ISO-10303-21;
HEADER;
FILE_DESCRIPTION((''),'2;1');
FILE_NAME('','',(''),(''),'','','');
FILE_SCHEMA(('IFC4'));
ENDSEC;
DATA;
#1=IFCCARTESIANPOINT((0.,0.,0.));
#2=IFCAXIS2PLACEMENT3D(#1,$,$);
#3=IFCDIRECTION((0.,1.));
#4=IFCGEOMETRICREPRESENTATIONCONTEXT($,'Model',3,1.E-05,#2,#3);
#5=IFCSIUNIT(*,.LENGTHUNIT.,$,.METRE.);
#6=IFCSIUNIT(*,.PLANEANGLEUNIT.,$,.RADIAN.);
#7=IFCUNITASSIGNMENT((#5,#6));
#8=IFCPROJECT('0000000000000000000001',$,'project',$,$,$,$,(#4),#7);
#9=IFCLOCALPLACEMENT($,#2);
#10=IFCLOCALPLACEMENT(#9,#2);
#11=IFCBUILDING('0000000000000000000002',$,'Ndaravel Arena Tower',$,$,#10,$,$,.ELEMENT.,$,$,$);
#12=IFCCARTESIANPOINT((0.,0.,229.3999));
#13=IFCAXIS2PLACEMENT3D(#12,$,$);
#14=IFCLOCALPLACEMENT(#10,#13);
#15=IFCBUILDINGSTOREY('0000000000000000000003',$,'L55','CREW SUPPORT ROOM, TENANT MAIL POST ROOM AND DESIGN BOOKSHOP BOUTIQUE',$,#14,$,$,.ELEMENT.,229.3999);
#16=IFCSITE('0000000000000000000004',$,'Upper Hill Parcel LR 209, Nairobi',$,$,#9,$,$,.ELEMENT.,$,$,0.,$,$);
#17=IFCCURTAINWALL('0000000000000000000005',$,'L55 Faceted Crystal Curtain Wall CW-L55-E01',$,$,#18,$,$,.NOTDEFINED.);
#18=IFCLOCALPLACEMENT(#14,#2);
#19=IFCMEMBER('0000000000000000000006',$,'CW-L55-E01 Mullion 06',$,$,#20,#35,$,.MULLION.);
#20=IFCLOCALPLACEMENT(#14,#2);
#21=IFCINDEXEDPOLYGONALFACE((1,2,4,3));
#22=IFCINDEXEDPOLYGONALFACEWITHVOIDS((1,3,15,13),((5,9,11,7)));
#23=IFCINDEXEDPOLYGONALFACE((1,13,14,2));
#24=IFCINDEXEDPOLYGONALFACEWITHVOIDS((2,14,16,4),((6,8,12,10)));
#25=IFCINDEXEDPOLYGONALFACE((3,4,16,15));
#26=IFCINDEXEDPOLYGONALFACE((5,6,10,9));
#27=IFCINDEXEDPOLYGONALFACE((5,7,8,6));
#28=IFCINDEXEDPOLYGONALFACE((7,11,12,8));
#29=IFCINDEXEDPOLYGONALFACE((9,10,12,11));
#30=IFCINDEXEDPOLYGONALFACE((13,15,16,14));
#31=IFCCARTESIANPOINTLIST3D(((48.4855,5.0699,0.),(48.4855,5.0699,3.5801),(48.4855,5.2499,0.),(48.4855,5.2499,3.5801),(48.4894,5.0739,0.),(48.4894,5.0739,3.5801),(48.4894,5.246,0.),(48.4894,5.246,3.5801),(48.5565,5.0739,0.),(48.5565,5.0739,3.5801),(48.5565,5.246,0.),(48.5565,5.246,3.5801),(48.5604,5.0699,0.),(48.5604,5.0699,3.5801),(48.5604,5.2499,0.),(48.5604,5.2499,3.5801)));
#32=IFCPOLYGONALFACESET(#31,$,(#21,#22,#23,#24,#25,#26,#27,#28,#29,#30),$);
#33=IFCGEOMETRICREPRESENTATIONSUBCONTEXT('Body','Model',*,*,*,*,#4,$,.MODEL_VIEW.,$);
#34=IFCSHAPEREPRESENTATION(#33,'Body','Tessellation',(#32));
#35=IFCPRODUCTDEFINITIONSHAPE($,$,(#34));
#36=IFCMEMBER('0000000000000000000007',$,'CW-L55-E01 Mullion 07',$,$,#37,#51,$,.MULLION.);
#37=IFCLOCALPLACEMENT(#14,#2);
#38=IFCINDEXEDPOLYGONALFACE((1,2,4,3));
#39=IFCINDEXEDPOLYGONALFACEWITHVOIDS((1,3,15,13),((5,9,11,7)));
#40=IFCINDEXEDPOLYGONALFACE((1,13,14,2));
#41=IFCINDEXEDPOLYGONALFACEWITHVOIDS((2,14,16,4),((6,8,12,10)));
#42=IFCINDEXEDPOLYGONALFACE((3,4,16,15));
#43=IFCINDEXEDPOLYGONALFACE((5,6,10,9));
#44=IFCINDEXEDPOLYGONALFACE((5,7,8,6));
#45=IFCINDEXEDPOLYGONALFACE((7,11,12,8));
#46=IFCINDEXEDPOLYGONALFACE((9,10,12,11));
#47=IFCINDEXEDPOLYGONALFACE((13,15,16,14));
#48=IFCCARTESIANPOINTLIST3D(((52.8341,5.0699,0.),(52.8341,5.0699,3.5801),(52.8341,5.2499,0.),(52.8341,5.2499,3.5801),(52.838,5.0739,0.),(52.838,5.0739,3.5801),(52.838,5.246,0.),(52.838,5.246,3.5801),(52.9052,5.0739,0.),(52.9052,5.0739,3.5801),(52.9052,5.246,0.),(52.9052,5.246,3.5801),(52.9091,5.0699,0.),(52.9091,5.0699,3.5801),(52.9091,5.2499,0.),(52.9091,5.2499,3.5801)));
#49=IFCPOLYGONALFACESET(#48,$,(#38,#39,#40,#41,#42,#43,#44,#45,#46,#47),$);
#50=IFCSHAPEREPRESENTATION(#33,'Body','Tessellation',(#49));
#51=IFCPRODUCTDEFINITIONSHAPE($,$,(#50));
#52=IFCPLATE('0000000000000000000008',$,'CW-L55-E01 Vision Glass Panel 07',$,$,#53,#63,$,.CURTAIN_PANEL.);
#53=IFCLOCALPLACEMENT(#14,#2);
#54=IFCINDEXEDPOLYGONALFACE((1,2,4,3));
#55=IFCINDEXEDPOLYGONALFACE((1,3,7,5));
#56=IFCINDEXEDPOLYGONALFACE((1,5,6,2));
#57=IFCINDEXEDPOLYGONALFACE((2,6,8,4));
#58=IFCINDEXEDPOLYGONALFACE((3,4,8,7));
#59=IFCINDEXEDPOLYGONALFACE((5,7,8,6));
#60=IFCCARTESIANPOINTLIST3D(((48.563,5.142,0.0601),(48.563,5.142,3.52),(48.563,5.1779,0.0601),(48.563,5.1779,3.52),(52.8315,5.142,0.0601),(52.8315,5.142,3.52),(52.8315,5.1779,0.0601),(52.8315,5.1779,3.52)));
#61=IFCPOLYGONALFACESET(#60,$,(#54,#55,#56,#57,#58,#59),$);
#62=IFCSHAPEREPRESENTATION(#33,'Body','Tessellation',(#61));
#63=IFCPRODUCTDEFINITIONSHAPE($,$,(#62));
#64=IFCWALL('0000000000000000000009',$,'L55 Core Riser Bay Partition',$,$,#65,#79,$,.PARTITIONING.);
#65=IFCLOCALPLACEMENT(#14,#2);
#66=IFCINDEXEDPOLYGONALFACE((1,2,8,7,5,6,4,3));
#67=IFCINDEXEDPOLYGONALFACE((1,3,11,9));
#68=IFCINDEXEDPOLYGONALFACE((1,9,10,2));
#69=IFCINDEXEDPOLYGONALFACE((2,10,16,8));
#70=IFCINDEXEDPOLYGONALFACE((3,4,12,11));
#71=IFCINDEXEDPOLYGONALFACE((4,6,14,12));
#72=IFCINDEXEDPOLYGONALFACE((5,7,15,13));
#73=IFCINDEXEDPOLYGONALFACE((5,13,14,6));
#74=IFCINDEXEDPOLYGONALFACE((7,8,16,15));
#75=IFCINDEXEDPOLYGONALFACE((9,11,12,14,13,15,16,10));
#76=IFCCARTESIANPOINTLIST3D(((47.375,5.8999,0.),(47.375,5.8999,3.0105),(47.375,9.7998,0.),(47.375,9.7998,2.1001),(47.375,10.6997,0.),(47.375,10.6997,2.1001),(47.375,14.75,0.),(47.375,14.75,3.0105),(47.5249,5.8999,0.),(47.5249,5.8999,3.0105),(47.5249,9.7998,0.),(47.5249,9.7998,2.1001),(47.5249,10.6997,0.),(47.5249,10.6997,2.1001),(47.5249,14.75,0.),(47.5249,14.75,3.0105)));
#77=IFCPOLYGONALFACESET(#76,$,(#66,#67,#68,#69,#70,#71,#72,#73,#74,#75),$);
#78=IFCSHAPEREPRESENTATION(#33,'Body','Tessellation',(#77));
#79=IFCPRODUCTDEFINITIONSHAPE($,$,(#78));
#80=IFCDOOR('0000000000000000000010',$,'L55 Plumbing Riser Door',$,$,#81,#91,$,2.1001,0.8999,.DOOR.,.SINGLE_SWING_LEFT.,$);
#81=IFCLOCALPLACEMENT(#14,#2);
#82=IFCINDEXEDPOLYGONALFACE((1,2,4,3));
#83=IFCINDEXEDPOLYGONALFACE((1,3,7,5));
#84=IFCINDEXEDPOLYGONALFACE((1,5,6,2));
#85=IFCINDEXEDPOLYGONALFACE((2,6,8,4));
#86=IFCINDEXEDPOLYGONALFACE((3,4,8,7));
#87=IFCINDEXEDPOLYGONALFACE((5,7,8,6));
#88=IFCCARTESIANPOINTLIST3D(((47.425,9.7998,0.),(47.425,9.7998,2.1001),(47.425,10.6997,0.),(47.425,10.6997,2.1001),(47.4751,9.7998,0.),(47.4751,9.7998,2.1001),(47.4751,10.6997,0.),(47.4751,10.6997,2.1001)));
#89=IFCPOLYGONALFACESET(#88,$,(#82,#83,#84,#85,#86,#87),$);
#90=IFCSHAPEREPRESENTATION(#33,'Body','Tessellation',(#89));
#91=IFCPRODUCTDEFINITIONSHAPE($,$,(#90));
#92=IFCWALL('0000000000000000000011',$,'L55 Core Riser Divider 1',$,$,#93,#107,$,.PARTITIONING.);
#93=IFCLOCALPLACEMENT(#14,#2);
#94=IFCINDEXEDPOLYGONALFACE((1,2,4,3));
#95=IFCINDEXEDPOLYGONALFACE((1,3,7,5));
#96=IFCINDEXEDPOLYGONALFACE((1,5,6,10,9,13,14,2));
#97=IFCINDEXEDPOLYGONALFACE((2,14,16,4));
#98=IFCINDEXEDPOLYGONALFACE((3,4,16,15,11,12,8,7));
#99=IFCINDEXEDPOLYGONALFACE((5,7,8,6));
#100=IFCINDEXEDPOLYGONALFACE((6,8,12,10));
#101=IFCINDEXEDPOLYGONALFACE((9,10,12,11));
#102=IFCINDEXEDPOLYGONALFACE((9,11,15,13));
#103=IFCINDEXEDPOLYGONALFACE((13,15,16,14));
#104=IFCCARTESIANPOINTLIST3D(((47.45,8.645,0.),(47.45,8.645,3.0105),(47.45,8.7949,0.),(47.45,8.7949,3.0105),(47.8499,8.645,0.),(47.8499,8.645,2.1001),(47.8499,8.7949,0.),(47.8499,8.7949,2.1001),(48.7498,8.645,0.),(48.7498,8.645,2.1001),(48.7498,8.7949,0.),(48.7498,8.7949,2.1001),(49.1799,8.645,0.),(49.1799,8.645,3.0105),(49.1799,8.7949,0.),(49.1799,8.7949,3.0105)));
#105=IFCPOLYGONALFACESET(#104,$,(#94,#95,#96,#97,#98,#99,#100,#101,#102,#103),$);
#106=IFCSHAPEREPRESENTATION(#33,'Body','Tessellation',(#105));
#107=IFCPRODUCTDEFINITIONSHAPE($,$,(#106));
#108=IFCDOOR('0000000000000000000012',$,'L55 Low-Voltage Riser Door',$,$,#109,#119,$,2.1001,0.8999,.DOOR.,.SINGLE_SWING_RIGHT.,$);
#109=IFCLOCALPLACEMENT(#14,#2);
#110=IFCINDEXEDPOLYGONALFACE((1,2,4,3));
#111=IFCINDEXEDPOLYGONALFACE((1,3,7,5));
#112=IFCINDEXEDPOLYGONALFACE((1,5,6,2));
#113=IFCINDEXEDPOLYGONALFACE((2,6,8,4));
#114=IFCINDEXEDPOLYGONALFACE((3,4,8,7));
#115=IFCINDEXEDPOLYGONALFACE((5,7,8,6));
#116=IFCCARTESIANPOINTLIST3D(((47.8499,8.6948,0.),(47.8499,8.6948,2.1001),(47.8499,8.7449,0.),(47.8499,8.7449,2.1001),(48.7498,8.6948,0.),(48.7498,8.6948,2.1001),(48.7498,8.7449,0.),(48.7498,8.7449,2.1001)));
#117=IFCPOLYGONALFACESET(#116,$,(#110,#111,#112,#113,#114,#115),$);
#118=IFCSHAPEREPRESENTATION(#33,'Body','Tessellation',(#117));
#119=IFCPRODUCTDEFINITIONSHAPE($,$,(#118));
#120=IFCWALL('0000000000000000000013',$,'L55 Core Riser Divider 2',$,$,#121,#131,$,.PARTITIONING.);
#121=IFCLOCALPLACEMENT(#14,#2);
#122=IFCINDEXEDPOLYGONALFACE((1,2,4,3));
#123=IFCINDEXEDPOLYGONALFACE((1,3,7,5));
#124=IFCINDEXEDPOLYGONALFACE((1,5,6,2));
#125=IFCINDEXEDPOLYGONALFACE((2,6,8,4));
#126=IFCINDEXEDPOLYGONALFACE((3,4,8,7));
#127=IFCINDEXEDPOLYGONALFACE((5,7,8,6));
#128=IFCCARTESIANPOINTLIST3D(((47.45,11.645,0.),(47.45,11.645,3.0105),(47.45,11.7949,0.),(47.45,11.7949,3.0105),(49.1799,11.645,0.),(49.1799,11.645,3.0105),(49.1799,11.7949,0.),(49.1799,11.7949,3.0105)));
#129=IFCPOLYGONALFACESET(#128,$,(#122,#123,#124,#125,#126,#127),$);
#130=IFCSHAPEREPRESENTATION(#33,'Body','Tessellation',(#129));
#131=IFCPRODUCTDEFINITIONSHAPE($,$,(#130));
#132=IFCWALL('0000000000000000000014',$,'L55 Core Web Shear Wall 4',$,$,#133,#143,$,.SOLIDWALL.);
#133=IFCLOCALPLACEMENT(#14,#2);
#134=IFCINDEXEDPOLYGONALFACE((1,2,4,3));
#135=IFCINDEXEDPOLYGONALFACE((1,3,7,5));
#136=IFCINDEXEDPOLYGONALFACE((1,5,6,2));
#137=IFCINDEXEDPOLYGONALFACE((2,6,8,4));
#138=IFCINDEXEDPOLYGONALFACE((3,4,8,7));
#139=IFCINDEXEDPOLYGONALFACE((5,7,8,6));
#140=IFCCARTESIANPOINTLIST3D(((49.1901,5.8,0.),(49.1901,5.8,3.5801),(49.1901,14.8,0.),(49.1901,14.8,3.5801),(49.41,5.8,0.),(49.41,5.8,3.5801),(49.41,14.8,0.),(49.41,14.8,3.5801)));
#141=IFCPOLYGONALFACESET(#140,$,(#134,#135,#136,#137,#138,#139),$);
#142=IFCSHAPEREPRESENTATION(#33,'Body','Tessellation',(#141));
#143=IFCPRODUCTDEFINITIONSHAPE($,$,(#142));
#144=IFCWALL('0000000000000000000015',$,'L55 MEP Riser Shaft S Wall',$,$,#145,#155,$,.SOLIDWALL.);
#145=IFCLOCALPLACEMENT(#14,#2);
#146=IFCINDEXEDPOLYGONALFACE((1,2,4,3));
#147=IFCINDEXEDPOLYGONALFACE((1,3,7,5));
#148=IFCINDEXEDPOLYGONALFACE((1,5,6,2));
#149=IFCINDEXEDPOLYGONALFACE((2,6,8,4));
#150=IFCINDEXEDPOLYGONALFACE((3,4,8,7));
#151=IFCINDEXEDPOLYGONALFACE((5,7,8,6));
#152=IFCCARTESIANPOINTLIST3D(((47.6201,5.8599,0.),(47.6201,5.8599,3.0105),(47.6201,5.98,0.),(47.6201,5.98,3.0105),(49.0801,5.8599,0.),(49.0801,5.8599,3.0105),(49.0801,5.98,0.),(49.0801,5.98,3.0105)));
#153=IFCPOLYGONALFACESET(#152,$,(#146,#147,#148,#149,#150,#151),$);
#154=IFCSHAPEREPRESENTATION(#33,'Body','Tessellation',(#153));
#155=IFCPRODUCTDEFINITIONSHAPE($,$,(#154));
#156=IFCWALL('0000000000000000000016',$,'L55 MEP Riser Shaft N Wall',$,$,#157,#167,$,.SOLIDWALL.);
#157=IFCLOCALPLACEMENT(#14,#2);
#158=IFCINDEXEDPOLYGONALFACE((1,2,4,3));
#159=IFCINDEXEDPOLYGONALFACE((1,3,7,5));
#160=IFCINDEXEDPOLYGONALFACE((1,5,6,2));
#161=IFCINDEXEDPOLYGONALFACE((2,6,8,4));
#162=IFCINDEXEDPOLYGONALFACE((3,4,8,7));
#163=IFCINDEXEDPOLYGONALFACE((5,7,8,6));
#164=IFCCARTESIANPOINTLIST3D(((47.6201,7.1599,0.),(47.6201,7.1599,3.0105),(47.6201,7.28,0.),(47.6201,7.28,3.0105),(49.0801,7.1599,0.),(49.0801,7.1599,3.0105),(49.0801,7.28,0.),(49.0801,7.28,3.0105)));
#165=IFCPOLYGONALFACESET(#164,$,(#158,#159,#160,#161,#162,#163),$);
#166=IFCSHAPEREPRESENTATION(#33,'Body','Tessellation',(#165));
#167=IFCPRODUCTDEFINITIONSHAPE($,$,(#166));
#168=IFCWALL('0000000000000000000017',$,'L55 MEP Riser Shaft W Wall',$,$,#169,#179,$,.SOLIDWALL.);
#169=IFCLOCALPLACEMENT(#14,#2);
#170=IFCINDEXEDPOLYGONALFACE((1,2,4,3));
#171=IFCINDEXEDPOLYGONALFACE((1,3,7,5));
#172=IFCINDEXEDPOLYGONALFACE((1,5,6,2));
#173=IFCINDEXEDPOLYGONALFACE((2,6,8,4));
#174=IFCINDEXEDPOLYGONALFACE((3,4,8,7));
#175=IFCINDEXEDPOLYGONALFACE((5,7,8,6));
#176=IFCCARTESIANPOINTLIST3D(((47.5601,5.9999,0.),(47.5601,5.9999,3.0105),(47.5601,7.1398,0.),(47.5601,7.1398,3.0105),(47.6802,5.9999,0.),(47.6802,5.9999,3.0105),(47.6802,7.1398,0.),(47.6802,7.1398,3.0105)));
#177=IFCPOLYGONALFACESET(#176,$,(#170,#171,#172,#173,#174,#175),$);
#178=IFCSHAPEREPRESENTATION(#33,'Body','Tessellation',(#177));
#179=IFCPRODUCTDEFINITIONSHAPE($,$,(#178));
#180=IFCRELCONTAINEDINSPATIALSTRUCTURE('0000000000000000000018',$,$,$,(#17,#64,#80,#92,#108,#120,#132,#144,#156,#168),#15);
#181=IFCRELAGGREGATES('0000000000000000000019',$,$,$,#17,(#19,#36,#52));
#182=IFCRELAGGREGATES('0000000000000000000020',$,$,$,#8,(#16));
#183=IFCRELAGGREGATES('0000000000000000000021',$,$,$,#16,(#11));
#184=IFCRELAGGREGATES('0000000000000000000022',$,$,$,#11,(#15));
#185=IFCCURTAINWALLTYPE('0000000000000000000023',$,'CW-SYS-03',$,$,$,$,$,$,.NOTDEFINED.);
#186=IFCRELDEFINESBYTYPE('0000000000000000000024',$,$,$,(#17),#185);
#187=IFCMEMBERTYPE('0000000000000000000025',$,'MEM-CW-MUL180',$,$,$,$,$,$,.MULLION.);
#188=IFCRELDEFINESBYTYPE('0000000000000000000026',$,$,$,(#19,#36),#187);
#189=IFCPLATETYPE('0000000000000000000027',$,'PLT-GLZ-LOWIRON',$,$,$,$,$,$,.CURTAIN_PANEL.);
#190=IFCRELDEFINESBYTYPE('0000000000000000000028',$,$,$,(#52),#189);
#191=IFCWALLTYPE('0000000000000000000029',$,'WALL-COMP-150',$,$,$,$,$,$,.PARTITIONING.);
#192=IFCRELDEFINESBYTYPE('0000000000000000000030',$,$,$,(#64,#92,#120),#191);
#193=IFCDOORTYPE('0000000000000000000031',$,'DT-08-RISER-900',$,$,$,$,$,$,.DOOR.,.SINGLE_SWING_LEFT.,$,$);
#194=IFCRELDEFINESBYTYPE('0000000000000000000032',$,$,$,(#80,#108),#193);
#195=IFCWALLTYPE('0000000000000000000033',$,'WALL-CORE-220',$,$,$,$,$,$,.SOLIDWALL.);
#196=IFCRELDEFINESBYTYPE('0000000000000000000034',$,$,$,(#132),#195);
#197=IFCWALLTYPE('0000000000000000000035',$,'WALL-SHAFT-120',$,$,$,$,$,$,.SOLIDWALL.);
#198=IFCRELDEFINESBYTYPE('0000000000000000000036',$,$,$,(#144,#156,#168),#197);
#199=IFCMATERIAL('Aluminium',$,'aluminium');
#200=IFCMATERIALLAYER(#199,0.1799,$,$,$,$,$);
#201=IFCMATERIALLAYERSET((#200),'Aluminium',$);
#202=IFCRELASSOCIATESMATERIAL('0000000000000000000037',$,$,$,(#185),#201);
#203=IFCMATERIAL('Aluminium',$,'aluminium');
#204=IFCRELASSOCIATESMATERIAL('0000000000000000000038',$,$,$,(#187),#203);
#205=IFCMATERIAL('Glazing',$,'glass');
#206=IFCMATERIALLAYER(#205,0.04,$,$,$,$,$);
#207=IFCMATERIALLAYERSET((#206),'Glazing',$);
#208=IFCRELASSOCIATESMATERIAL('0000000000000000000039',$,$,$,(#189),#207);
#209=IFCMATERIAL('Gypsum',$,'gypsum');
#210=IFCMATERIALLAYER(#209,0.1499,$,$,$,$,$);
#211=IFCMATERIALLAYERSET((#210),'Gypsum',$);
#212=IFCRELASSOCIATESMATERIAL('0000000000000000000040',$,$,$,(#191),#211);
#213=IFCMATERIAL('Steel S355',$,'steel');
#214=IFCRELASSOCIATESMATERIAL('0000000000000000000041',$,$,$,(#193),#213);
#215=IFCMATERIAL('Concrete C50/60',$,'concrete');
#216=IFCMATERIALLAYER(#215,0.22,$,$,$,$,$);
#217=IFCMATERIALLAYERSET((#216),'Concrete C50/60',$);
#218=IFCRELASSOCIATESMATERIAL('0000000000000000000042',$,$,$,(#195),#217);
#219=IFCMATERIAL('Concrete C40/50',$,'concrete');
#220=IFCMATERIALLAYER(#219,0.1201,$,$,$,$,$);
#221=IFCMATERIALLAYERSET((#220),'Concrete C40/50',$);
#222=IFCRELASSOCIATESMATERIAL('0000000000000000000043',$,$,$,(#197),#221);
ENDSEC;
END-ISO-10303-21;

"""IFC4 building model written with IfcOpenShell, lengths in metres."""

from ifc_helpers import new_model, si_unit, direction, frame, frame_2d, origin, origin_2d, place, context, subcontext, project, spatial, rectangle, hollow_rectangle, extrude, material, layer, layer_set, material_profile, profile_set, type_object, element, fill, aggregate, save


model = new_model("IFC4")

# Units and contexts
model_context = context("Model", 3, precision=1e-05, world=origin(), true_north=direction((0.0, 1.0)))
body_context = subcontext(model_context, "Body", "Model", "MODEL_VIEW")
ifc_project = project(units=[si_unit("LENGTHUNIT", "METRE"), si_unit("PLANEANGLEUNIT", "RADIAN")], contexts=[model_context])

# Site, building, storey
site_placement = place(None, origin())
site = spatial("IfcSite", under=ifc_project, at=site_placement, Name="Upper Hill Parcel LR 209, Nairobi", CompositionType="ELEMENT", RefElevation=0.0)
building_placement = place(site_placement, origin())
building = spatial("IfcBuilding", under=site, at=building_placement, Name="Ndaravel Arena Tower", CompositionType="ELEMENT")
storey_placement = place(building_placement, frame((0.0, 0.0, 229.3999)))
storey = spatial("IfcBuildingStorey", under=building, at=storey_placement, Name="L55", Description="CREW SUPPORT ROOM, TENANT MAIL POST ROOM AND DESIGN BOOKSHOP BOUTIQUE", CompositionType="ELEMENT", Elevation=229.3999)

# Curtain wall, members, plate
ifc_material_1 = material(Name="Aluminium", Category="aluminium")
ifc_layer_1 = layer(ifc_material_1, 0.1799)
ifc_layer_set_1 = layer_set([ifc_layer_1], Name="Aluminium")
curtain_wall_type = type_object("IfcCurtainWallType", Name="CW-SYS-03", PredefinedType="NOTDEFINED", material=ifc_layer_set_1)
curtain_wall_placement = place(storey_placement, origin())
curtain_wall = element("IfcCurtainWall", 1, at=curtain_wall_placement, inside=storey, type_object=curtain_wall_type, Name="L55 Faceted Crystal Curtain Wall CW-L55-E01", PredefinedType="NOTDEFINED")
ifc_material_2 = material(Name="Aluminium", Category="aluminium")
ifc_material_profile = material_profile(ifc_material_2, hollow_rectangle(XDim=0.075, YDim=0.1799, WallThickness=0.0039, at=origin_2d()), Name="CW MULLION 75x180x4")
ifc_profile_set = profile_set([ifc_material_profile], Name="Aluminium")
member_type = type_object("IfcMemberType", Name="MEM-CW-MUL180", PredefinedType="MULLION", material=ifc_profile_set)
member_1_placement = place(storey_placement, frame((48.5229, 5.1599, 0.0), z_axis=(0.0, 0.0, 1.0), x_axis=(1.0, 0.0, 0.0)))
member_1 = element("IfcMember", 2, at=member_1_placement, type_object=member_type, Name="CW-L55-E01 Mullion 06", PredefinedType="MULLION", context=body_context, shape_type="SweptSolid", body=[
    extrude(hollow_rectangle(XDim=0.075, YDim=0.1799, WallThickness=0.0039, at=origin_2d()), origin(), (0.0, 0.0, 1.0), 3.5801),
])
member_2_placement = place(storey_placement, frame((52.8716, 5.1599, 0.0), z_axis=(0.0, 0.0, 1.0), x_axis=(1.0, 0.0, 0.0)))
member_2 = element("IfcMember", 3, at=member_2_placement, type_object=member_type, Name="CW-L55-E01 Mullion 07", PredefinedType="MULLION", context=body_context, shape_type="SweptSolid", body=[
    extrude(hollow_rectangle(XDim=0.075, YDim=0.1799, WallThickness=0.0039, at=origin_2d()), origin(), (0.0, 0.0, 1.0), 3.5801),
])
ifc_material_3 = material(Name="Glazing", Category="glass")
ifc_layer_2 = layer(ifc_material_3, 0.04)
ifc_layer_set_2 = layer_set([ifc_layer_2], Name="Glazing")
plate_type = type_object("IfcPlateType", Name="PLT-GLZ-LOWIRON", PredefinedType="CURTAIN_PANEL", material=ifc_layer_set_2)
plate_placement = place(storey_placement, frame((50.6973, 5.1599, 0.0601), z_axis=(0.0, 0.0, 1.0), x_axis=(1.0, 0.0, 0.0)))
plate = element("IfcPlate", 4, at=plate_placement, type_object=plate_type, Name="CW-L55-E01 Vision Glass Panel 07", PredefinedType="CURTAIN_PANEL", context=body_context, shape_type="SweptSolid", body=[
    extrude(rectangle(XDim=4.2686, YDim=0.0359, at=origin_2d()), origin(), (0.0, 0.0, 1.0), 3.46),
])
aggregate(curtain_wall, [member_1, member_2, plate])

# Walls, openings, doors
ifc_material_4 = material(Name="Gypsum", Category="gypsum")
ifc_layer_3 = layer(ifc_material_4, 0.1499)
ifc_layer_set_3 = layer_set([ifc_layer_3], Name="Gypsum")
wall_type_1 = type_object("IfcWallType", Name="WALL-COMP-150", PredefinedType="PARTITIONING", material=ifc_layer_set_3)
wall_1_placement = place(storey_placement, frame((47.45, 5.8999, 0.0), z_axis=(0.0, 0.0, 1.0), x_axis=(0.0, 1.0, 0.0)))
wall_1 = element("IfcWall", 5, at=wall_1_placement, inside=storey, type_object=wall_type_1, Name="L55 Core Riser Bay Partition", PredefinedType="PARTITIONING", context=body_context, shape_type="SweptSolid", body=[
    extrude(rectangle(XDim=8.8501, YDim=0.1499, at=frame_2d((4.425, 0.0))), origin(), (0.0, 0.0, 1.0), 3.0105),
])
opening_1_placement = place(wall_1_placement, frame((3.8999, 0.0, 0.0)))
opening_1 = element("IfcOpeningElement", 6, at=opening_1_placement, cuts=wall_1, PredefinedType="OPENING", context=body_context, shape_type="SweptSolid", body=[
    extrude(rectangle(XDim=0.8999, YDim=2.1001, at=frame_2d((0.45, 1.05))), frame((0.0, 0.075, 0.0), z_axis=(0.0, -1.0, 0.0), x_axis=(1.0, 0.0, 0.0)), (0.0, 0.0, 1.0), 0.1499),
])
ifc_material_5 = material(Name="Steel S355", Category="steel")
door_type_1 = type_object("IfcDoorType", Name="DT-08-RISER-900", OperationType="SINGLE_SWING_LEFT", PredefinedType="DOOR", material=ifc_material_5)
door_1_placement = place(opening_1_placement, origin())
door_1 = element("IfcDoor", 7, at=door_1_placement, inside=storey, type_object=door_type_1, Name="L55 Plumbing Riser Door", OperationType="SINGLE_SWING_LEFT", OverallHeight=2.1001, OverallWidth=0.8999, PredefinedType="DOOR", context=body_context, shape_type="SweptSolid", body=[
    extrude(rectangle(XDim=0.8999, YDim=2.1001, at=frame_2d((0.45, 1.05))), frame((0.0, 0.0249, 0.0), z_axis=(0.0, -1.0, 0.0), x_axis=(1.0, 0.0, 0.0)), (0.0, 0.0, 1.0), 0.05),
])
fill(opening_1, door_1)
wall_2_placement = place(storey_placement, frame((47.45, 8.72, 0.0), z_axis=(0.0, 0.0, 1.0), x_axis=(1.0, 0.0, 0.0)))
wall_2 = element("IfcWall", 8, at=wall_2_placement, inside=storey, type_object=wall_type_1, Name="L55 Core Riser Divider 1", PredefinedType="PARTITIONING", context=body_context, shape_type="SweptSolid", body=[
    extrude(rectangle(XDim=1.73, YDim=0.1499, at=frame_2d((0.865, 0.0))), origin(), (0.0, 0.0, 1.0), 3.0105),
])
opening_2_placement = place(wall_2_placement, frame((0.3999, 0.0, 0.0)))
opening_2 = element("IfcOpeningElement", 9, at=opening_2_placement, cuts=wall_2, PredefinedType="OPENING", context=body_context, shape_type="SweptSolid", body=[
    extrude(rectangle(XDim=0.8999, YDim=2.1001, at=frame_2d((0.45, 1.05))), frame((0.0, 0.075, 0.0), z_axis=(0.0, -1.0, 0.0), x_axis=(1.0, 0.0, 0.0)), (0.0, 0.0, 1.0), 0.1499),
])
door_2_placement = place(opening_2_placement, origin())
door_2 = element("IfcDoor", 10, at=door_2_placement, inside=storey, type_object=door_type_1, Name="L55 Low-Voltage Riser Door", OperationType="SINGLE_SWING_RIGHT", OverallHeight=2.1001, OverallWidth=0.8999, PredefinedType="DOOR", context=body_context, shape_type="SweptSolid", body=[
    extrude(rectangle(XDim=0.8999, YDim=2.1001, at=frame_2d((0.45, 1.05))), frame((0.0, 0.0249, 0.0), z_axis=(0.0, -1.0, 0.0), x_axis=(1.0, 0.0, 0.0)), (0.0, 0.0, 1.0), 0.05),
])
fill(opening_2, door_2)

# Walls
wall_3_placement = place(storey_placement, frame((47.45, 11.72, 0.0), z_axis=(0.0, 0.0, 1.0), x_axis=(1.0, 0.0, 0.0)))
element("IfcWall", 11, at=wall_3_placement, inside=storey, type_object=wall_type_1, Name="L55 Core Riser Divider 2", PredefinedType="PARTITIONING", context=body_context, shape_type="SweptSolid", body=[
    extrude(rectangle(XDim=1.73, YDim=0.1499, at=frame_2d((0.865, 0.0))), origin(), (0.0, 0.0, 1.0), 3.0105),
])
ifc_material_6 = material(Name="Concrete C50/60", Category="concrete")
ifc_layer_4 = layer(ifc_material_6, 0.22)
ifc_layer_set_4 = layer_set([ifc_layer_4], Name="Concrete C50/60")
wall_type_2 = type_object("IfcWallType", Name="WALL-CORE-220", PredefinedType="SOLIDWALL", material=ifc_layer_set_4)
wall_4_placement = place(storey_placement, frame((49.3, 5.8, 0.0), z_axis=(0.0, 0.0, 1.0), x_axis=(0.0, 1.0, 0.0)))
element("IfcWall", 12, at=wall_4_placement, inside=storey, type_object=wall_type_2, Name="L55 Core Web Shear Wall 4", PredefinedType="SOLIDWALL", context=body_context, shape_type="SweptSolid", body=[
    extrude(rectangle(XDim=9.0, YDim=0.22, at=frame_2d((4.5, 0.0))), origin(), (0.0, 0.0, 1.0), 3.5801),
])
ifc_material_7 = material(Name="Concrete C40/50", Category="concrete")
ifc_layer_5 = layer(ifc_material_7, 0.1201)
ifc_layer_set_5 = layer_set([ifc_layer_5], Name="Concrete C40/50")
wall_type_3 = type_object("IfcWallType", Name="WALL-SHAFT-120", PredefinedType="SOLIDWALL", material=ifc_layer_set_5)
for number, where, z_axis, x_axis, name in (
    (13, (47.6201, 5.9199, 0.0), (0.0, 0.0, 1.0), (1.0, 0.0, 0.0), "L55 MEP Riser Shaft S Wall"),
    (14, (47.6201, 7.22, 0.0), (0.0, 0.0, 1.0), (1.0, 0.0, 0.0), "L55 MEP Riser Shaft N Wall"),
):
    element("IfcWall", number, at=place(storey_placement, frame(where, z_axis=z_axis, x_axis=x_axis)), inside=storey, type_object=wall_type_3, Name=name, PredefinedType="SOLIDWALL", context=body_context, shape_type="SweptSolid", body=[
        extrude(rectangle(XDim=1.46, YDim=0.1201, at=frame_2d((0.73, 0.0))), origin(), (0.0, 0.0, 1.0), 3.0105),
    ])
for number, where, z_axis, x_axis, name in (
    (15, (47.6201, 6.0, 0.0), (0.0, 0.0, 1.0), (0.0, 1.0, 0.0), "L55 MEP Riser Shaft W Wall"),
):
    element("IfcWall", number, at=place(storey_placement, frame(where, z_axis=z_axis, x_axis=x_axis)), inside=storey, type_object=wall_type_3, Name=name, PredefinedType="SOLIDWALL", context=body_context, shape_type="SweptSolid", body=[
        extrude(rectangle(XDim=1.1399, YDim=0.1201, at=frame_2d((0.5698, 0.0))), origin(), (0.0, 0.0, 1.0), 3.0105),
    ])

save(model, "model.ifc")
